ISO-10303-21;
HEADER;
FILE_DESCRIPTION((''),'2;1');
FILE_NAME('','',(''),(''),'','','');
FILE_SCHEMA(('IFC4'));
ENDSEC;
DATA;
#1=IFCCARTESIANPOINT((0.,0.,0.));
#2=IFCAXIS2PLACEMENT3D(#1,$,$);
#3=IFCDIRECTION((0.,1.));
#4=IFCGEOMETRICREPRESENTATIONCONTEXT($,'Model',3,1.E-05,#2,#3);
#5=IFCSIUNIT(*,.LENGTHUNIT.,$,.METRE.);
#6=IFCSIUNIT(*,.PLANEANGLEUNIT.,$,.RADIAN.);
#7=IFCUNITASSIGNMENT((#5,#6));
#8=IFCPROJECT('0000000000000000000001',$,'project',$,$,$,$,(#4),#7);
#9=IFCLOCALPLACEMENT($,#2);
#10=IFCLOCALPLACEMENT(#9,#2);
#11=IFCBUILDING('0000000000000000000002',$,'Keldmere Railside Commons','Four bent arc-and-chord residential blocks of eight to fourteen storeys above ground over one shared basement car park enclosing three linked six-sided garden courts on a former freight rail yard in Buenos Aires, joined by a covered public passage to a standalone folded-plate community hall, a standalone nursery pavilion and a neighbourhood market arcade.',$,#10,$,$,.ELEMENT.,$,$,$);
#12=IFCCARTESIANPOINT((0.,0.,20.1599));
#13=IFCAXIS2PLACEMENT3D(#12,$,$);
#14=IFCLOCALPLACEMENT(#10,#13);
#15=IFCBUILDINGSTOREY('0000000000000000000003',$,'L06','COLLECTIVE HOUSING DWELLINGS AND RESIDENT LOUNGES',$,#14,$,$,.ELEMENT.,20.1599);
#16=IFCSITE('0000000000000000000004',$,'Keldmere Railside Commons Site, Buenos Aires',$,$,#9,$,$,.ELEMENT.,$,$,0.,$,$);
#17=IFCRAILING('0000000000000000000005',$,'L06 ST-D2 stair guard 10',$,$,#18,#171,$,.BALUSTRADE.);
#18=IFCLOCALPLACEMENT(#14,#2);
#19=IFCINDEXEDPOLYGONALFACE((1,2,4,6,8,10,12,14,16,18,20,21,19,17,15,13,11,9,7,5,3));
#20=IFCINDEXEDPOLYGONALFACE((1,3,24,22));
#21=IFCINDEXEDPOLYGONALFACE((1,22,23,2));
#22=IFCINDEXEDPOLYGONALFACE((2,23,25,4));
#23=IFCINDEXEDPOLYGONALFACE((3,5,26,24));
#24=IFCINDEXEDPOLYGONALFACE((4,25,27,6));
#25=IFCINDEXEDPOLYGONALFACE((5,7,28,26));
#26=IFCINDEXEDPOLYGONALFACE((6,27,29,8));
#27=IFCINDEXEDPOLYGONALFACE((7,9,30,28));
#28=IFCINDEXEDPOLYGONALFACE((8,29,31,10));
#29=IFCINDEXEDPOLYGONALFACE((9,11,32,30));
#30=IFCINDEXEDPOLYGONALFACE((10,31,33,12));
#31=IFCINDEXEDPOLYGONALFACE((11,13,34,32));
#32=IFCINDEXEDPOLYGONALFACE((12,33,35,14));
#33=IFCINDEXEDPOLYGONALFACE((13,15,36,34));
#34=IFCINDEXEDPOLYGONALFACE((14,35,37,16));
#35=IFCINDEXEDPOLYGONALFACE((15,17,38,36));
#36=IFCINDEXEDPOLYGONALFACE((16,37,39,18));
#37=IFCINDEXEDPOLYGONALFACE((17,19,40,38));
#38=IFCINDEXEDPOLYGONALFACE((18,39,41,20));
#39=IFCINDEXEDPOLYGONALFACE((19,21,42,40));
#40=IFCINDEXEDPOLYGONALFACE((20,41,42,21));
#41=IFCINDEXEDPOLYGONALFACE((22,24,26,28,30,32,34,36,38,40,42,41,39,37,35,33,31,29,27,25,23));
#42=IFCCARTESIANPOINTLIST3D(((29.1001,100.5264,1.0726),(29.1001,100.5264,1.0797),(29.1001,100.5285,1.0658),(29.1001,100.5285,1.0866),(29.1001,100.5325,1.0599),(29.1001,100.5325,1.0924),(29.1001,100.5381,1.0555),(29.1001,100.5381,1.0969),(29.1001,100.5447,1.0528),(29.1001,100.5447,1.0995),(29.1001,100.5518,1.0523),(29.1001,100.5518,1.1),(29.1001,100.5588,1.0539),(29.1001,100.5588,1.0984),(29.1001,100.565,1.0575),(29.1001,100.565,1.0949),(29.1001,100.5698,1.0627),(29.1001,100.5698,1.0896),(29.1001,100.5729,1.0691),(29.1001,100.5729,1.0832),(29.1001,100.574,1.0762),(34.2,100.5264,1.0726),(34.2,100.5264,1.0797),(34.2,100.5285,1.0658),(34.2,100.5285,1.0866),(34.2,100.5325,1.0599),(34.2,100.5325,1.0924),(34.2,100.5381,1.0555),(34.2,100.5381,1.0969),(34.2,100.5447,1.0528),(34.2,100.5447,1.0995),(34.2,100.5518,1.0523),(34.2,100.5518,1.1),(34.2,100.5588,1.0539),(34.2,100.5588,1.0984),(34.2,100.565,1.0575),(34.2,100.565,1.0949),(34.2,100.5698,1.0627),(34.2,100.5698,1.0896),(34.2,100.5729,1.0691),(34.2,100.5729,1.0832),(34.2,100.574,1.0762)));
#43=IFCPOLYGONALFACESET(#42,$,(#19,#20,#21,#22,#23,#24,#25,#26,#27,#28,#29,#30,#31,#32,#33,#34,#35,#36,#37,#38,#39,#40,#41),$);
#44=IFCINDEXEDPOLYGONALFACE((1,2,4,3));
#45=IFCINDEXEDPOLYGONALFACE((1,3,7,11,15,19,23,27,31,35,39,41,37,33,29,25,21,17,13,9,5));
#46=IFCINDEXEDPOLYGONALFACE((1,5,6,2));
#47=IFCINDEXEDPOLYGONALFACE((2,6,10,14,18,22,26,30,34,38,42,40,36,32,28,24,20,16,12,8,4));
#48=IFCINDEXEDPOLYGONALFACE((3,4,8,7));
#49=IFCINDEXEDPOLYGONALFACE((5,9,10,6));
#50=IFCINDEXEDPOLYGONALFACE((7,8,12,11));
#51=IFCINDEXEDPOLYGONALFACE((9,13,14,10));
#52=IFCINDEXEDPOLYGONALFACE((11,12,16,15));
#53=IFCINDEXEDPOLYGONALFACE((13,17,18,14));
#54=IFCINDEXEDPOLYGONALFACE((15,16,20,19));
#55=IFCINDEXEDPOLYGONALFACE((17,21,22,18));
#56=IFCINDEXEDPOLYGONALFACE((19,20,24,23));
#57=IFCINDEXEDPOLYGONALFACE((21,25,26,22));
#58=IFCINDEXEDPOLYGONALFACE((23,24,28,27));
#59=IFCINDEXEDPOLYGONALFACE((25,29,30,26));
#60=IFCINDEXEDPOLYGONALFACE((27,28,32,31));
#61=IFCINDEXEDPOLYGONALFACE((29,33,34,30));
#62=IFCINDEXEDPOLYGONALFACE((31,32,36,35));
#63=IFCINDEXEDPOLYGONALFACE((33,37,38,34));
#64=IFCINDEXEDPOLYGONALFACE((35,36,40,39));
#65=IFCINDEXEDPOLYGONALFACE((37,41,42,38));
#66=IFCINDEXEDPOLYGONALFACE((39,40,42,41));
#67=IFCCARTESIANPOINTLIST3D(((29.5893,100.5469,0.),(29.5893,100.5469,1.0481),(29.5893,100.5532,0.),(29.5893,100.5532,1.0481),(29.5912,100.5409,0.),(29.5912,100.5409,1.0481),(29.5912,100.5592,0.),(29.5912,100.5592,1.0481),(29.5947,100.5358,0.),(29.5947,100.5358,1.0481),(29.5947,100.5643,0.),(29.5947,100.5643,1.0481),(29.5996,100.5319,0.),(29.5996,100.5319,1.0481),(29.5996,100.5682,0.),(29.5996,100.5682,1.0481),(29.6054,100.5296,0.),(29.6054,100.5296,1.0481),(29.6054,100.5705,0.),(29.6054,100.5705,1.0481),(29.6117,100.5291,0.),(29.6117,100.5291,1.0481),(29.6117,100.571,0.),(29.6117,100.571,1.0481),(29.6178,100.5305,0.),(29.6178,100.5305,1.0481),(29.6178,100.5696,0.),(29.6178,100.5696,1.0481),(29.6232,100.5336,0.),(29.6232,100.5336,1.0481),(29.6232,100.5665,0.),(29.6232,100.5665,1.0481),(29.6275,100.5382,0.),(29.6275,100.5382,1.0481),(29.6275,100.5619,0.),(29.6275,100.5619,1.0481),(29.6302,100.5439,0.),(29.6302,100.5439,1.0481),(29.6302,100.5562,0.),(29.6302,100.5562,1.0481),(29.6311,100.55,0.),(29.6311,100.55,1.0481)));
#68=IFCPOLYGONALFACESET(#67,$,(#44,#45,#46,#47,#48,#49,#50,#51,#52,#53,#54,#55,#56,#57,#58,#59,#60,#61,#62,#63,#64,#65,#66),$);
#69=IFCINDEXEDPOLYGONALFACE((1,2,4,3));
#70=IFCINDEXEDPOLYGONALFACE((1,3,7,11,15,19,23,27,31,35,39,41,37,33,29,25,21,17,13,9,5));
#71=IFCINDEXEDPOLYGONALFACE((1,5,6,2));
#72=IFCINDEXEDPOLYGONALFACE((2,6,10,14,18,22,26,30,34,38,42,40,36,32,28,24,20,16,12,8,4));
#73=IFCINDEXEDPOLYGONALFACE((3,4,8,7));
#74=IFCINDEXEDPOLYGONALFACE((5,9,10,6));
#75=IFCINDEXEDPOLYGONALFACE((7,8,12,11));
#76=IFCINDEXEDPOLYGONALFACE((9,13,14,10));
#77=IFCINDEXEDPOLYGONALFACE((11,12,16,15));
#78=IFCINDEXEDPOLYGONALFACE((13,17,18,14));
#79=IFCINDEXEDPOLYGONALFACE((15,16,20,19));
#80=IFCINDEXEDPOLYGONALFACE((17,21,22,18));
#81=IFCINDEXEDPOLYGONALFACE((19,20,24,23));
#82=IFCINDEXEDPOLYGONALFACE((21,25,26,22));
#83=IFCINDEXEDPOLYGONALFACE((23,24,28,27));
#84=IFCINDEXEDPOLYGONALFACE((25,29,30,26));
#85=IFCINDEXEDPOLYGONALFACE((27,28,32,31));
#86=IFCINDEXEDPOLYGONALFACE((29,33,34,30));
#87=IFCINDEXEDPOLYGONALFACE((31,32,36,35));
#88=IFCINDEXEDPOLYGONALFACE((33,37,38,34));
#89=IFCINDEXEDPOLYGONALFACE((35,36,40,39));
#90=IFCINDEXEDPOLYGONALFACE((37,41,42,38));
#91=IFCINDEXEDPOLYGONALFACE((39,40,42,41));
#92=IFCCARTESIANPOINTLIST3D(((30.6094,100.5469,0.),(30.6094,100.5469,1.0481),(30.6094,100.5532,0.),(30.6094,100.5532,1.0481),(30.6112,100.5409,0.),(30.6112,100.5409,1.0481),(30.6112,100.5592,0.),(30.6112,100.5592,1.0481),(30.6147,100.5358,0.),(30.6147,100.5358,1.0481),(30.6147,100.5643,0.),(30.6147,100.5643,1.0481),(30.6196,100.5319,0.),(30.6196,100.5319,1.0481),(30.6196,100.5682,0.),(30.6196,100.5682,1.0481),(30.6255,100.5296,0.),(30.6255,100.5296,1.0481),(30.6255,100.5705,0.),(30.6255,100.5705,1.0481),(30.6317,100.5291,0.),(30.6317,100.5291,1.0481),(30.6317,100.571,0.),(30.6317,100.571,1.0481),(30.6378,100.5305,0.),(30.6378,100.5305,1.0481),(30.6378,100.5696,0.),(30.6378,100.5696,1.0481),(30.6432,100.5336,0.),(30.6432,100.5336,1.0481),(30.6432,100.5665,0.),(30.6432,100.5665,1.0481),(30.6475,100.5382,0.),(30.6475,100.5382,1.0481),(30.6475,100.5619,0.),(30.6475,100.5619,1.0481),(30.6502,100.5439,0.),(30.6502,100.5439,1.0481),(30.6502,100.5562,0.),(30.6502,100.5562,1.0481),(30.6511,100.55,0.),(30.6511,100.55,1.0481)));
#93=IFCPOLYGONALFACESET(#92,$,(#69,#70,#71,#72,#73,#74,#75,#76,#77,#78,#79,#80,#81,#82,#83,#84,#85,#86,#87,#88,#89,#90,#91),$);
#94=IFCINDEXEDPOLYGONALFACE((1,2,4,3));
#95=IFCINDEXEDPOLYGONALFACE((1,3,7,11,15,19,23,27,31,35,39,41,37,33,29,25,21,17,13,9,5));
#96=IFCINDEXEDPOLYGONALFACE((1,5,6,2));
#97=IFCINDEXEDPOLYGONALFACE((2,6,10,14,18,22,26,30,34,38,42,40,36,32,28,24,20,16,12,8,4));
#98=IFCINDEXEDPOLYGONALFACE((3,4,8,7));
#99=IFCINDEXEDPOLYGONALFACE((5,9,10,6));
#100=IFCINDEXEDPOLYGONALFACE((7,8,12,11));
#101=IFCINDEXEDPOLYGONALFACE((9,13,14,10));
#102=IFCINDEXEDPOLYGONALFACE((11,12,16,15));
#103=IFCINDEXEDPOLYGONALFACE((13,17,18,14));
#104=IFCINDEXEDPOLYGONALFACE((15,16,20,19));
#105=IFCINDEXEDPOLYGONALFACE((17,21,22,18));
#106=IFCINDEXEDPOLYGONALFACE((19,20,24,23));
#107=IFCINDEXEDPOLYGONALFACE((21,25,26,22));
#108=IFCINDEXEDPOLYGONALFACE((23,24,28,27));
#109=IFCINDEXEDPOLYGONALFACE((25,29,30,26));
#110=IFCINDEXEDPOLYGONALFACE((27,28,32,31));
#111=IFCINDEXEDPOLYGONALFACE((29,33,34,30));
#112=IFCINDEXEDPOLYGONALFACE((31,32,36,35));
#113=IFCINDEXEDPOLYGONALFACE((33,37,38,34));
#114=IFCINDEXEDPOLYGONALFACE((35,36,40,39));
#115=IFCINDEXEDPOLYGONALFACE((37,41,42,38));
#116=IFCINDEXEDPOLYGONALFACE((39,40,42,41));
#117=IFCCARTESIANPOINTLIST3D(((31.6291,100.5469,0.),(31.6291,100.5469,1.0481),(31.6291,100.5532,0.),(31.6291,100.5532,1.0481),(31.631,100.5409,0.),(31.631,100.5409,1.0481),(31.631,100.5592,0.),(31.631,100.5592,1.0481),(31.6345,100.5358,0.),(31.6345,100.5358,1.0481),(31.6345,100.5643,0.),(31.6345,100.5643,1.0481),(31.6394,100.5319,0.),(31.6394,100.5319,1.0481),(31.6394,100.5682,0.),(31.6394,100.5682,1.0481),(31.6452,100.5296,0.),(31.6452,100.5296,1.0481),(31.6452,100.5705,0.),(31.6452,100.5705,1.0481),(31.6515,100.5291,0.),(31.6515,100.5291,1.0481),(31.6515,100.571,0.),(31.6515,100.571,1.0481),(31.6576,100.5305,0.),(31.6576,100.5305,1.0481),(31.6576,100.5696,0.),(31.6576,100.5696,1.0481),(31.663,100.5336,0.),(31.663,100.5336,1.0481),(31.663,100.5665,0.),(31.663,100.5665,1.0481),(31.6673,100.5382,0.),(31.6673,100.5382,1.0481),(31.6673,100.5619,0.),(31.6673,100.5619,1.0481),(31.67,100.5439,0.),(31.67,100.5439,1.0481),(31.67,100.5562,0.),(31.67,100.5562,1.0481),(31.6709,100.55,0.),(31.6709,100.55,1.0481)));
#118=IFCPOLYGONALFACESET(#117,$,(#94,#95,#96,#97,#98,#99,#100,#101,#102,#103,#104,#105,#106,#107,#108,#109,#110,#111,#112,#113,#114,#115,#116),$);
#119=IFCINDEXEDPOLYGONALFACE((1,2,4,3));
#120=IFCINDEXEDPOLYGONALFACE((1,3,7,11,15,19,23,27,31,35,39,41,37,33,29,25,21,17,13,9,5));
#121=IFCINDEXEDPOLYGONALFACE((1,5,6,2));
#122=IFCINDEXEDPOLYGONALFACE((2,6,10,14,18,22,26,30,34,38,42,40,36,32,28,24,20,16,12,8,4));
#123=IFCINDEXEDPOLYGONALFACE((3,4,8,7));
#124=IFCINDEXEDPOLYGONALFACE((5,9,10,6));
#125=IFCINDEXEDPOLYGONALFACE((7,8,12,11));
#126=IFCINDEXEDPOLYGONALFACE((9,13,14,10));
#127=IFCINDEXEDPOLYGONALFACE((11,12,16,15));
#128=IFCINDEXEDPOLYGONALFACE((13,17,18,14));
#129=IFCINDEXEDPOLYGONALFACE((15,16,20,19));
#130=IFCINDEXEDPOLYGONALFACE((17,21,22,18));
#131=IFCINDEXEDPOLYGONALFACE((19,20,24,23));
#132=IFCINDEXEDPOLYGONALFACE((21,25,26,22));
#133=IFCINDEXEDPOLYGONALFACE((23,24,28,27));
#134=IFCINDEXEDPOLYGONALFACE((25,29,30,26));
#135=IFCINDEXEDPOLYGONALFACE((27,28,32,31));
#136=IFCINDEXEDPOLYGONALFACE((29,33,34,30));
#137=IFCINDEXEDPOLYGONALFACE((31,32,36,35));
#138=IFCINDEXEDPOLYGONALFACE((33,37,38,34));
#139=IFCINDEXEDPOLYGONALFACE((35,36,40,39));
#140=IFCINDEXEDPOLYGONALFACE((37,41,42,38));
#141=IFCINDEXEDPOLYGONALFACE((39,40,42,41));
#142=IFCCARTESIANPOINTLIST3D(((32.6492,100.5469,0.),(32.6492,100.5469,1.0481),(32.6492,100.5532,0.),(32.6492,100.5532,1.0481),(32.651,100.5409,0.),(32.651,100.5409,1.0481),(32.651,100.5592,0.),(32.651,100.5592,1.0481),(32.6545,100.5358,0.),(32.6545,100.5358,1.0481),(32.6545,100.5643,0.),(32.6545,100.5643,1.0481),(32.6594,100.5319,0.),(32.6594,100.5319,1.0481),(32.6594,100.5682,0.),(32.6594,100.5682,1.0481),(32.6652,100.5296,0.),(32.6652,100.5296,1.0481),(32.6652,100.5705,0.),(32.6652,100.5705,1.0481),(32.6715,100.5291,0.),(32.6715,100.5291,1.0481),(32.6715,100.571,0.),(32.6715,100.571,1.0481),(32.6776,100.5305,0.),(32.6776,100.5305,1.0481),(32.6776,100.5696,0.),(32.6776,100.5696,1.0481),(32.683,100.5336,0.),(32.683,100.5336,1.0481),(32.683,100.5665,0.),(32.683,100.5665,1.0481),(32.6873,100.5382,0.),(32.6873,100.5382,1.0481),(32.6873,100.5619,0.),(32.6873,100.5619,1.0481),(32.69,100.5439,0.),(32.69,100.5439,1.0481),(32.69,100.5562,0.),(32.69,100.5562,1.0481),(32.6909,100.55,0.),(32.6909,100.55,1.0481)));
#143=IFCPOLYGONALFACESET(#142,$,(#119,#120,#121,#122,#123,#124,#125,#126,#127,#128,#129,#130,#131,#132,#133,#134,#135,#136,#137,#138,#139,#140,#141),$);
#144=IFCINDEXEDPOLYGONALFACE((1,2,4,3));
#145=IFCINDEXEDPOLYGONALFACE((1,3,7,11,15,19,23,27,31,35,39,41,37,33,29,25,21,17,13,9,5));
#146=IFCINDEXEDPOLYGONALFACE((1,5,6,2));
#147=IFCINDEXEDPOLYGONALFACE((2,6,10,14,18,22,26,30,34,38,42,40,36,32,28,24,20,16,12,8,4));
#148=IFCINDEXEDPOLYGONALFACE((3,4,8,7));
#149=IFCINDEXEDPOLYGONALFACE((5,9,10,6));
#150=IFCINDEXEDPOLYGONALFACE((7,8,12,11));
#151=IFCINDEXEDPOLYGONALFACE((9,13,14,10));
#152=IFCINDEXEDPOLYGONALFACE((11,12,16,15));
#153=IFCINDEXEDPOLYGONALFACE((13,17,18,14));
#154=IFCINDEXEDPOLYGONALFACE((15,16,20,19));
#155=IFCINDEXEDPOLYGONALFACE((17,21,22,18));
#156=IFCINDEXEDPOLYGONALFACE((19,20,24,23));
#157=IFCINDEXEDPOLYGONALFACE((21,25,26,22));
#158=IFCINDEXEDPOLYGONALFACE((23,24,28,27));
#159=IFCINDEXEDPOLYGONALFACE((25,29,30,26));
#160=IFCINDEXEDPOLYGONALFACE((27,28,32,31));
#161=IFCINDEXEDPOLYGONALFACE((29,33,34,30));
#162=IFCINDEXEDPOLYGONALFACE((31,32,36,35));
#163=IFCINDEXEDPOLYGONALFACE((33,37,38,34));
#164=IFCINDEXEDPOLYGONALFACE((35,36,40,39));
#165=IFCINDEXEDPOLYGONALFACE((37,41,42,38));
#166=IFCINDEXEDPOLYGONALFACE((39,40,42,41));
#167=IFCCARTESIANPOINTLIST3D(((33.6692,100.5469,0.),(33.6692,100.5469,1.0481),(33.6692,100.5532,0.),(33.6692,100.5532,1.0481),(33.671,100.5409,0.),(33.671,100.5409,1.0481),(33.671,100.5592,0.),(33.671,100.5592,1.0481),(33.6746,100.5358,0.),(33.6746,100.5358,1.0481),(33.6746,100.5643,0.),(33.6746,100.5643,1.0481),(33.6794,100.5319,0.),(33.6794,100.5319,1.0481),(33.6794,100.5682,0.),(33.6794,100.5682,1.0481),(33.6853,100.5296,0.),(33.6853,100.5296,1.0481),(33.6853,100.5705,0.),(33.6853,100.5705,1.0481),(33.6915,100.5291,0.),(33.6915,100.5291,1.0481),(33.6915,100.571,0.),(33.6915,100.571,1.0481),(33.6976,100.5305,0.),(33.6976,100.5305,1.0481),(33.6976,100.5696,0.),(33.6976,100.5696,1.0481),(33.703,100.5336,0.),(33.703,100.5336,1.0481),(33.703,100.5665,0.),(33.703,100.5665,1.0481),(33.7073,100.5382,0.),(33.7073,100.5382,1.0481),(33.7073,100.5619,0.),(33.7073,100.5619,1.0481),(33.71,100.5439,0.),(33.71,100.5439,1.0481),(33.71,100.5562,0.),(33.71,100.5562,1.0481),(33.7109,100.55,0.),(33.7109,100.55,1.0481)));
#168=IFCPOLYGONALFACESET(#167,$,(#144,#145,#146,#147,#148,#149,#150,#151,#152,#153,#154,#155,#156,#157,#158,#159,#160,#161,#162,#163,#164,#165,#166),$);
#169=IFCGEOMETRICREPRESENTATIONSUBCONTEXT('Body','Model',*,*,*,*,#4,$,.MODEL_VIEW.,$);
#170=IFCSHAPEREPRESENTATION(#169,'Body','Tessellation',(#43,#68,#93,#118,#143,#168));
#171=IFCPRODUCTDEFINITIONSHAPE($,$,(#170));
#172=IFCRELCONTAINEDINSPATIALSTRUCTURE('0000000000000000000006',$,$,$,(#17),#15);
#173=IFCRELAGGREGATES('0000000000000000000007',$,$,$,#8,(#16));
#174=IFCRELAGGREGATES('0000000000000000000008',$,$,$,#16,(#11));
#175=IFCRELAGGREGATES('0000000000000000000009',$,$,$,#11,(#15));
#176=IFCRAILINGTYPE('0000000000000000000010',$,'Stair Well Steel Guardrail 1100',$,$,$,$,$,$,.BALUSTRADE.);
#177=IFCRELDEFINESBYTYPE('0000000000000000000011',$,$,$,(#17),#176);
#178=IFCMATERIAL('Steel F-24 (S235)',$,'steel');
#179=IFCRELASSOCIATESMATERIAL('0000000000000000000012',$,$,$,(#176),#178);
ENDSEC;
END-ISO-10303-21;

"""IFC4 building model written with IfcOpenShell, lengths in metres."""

from ifc_helpers import new_model, si_unit, direction, frame, origin, origin_2d, place, context, subcontext, project, spatial, circle, extrude, material, type_object, element, save


model = new_model("IFC4")

# Units and contexts
model_context = context("Model", 3, precision=1e-05, world=origin(), true_north=direction((0.0, 1.0)))
body_context = subcontext(model_context, "Body", "Model", "MODEL_VIEW")
ifc_project = project(units=[si_unit("LENGTHUNIT", "METRE"), si_unit("PLANEANGLEUNIT", "RADIAN")], contexts=[model_context])

# Site, building, storey
site_placement = place(None, origin())
site = spatial("IfcSite", under=ifc_project, at=site_placement, Name="Keldmere Railside Commons Site, Buenos Aires", CompositionType="ELEMENT", RefElevation=0.0)
building_placement = place(site_placement, origin())
building = spatial("IfcBuilding", under=site, at=building_placement, Name="Keldmere Railside Commons", Description="Four bent arc-and-chord residential blocks of eight to fourteen storeys above ground over one shared basement car park enclosing three linked six-sided garden courts on a former freight rail yard in Buenos Aires, joined by a covered public passage to a standalone folded-plate community hall, a standalone nursery pavilion and a neighbourhood market arcade.", CompositionType="ELEMENT")
storey_placement = place(building_placement, frame((0.0, 0.0, 20.1599)))
storey = spatial("IfcBuildingStorey", under=building, at=storey_placement, Name="L06", Description="COLLECTIVE HOUSING DWELLINGS AND RESIDENT LOUNGES", CompositionType="ELEMENT", Elevation=20.1599)

# Railing
ifc_material_1 = material(Name="Steel F-24 (S235)", Category="steel")
railing_type_1 = type_object("IfcRailingType", Name="Stair Well Steel Guardrail 1100", PredefinedType="BALUSTRADE", material=ifc_material_1)
for number, where, name in (
    (1, (29.1001, 100.55, 0.0), "L06 ST-D2 stair guard 10"),
):
    element("IfcRailing", number, at=place(storey_placement, frame(where)), inside=storey, type_object=railing_type_1, Name=name, PredefinedType="BALUSTRADE", context=body_context, shape_type="SweptSolid", body=[
        extrude(circle(Radius=0.0239, at=origin_2d()), frame((0.0, 0.0, 1.0762), z_axis=(1.0, 0.0, 0.0), x_axis=(0.0, 1.0, 0.0)), (0.0, 0.0, 1.0), 5.0999),
        extrude(circle(Radius=0.021, at=origin_2d()), frame((0.51, 0.0, 0.0)), (0.0, 0.0, 1.0), 1.0481),
        extrude(circle(Radius=0.021, at=origin_2d()), frame((1.53, 0.0, 0.0)), (0.0, 0.0, 1.0), 1.0481),
        extrude(circle(Radius=0.021, at=origin_2d()), frame((2.5498, 0.0, 0.0)), (0.0, 0.0, 1.0), 1.0481),
        extrude(circle(Radius=0.021, at=origin_2d()), frame((3.5698, 0.0, 0.0)), (0.0, 0.0, 1.0), 1.0481),
        extrude(circle(Radius=0.021, at=origin_2d()), frame((4.5898, 0.0, 0.0)), (0.0, 0.0, 1.0), 1.0481),
    ])

save(model, "model.ifc")
